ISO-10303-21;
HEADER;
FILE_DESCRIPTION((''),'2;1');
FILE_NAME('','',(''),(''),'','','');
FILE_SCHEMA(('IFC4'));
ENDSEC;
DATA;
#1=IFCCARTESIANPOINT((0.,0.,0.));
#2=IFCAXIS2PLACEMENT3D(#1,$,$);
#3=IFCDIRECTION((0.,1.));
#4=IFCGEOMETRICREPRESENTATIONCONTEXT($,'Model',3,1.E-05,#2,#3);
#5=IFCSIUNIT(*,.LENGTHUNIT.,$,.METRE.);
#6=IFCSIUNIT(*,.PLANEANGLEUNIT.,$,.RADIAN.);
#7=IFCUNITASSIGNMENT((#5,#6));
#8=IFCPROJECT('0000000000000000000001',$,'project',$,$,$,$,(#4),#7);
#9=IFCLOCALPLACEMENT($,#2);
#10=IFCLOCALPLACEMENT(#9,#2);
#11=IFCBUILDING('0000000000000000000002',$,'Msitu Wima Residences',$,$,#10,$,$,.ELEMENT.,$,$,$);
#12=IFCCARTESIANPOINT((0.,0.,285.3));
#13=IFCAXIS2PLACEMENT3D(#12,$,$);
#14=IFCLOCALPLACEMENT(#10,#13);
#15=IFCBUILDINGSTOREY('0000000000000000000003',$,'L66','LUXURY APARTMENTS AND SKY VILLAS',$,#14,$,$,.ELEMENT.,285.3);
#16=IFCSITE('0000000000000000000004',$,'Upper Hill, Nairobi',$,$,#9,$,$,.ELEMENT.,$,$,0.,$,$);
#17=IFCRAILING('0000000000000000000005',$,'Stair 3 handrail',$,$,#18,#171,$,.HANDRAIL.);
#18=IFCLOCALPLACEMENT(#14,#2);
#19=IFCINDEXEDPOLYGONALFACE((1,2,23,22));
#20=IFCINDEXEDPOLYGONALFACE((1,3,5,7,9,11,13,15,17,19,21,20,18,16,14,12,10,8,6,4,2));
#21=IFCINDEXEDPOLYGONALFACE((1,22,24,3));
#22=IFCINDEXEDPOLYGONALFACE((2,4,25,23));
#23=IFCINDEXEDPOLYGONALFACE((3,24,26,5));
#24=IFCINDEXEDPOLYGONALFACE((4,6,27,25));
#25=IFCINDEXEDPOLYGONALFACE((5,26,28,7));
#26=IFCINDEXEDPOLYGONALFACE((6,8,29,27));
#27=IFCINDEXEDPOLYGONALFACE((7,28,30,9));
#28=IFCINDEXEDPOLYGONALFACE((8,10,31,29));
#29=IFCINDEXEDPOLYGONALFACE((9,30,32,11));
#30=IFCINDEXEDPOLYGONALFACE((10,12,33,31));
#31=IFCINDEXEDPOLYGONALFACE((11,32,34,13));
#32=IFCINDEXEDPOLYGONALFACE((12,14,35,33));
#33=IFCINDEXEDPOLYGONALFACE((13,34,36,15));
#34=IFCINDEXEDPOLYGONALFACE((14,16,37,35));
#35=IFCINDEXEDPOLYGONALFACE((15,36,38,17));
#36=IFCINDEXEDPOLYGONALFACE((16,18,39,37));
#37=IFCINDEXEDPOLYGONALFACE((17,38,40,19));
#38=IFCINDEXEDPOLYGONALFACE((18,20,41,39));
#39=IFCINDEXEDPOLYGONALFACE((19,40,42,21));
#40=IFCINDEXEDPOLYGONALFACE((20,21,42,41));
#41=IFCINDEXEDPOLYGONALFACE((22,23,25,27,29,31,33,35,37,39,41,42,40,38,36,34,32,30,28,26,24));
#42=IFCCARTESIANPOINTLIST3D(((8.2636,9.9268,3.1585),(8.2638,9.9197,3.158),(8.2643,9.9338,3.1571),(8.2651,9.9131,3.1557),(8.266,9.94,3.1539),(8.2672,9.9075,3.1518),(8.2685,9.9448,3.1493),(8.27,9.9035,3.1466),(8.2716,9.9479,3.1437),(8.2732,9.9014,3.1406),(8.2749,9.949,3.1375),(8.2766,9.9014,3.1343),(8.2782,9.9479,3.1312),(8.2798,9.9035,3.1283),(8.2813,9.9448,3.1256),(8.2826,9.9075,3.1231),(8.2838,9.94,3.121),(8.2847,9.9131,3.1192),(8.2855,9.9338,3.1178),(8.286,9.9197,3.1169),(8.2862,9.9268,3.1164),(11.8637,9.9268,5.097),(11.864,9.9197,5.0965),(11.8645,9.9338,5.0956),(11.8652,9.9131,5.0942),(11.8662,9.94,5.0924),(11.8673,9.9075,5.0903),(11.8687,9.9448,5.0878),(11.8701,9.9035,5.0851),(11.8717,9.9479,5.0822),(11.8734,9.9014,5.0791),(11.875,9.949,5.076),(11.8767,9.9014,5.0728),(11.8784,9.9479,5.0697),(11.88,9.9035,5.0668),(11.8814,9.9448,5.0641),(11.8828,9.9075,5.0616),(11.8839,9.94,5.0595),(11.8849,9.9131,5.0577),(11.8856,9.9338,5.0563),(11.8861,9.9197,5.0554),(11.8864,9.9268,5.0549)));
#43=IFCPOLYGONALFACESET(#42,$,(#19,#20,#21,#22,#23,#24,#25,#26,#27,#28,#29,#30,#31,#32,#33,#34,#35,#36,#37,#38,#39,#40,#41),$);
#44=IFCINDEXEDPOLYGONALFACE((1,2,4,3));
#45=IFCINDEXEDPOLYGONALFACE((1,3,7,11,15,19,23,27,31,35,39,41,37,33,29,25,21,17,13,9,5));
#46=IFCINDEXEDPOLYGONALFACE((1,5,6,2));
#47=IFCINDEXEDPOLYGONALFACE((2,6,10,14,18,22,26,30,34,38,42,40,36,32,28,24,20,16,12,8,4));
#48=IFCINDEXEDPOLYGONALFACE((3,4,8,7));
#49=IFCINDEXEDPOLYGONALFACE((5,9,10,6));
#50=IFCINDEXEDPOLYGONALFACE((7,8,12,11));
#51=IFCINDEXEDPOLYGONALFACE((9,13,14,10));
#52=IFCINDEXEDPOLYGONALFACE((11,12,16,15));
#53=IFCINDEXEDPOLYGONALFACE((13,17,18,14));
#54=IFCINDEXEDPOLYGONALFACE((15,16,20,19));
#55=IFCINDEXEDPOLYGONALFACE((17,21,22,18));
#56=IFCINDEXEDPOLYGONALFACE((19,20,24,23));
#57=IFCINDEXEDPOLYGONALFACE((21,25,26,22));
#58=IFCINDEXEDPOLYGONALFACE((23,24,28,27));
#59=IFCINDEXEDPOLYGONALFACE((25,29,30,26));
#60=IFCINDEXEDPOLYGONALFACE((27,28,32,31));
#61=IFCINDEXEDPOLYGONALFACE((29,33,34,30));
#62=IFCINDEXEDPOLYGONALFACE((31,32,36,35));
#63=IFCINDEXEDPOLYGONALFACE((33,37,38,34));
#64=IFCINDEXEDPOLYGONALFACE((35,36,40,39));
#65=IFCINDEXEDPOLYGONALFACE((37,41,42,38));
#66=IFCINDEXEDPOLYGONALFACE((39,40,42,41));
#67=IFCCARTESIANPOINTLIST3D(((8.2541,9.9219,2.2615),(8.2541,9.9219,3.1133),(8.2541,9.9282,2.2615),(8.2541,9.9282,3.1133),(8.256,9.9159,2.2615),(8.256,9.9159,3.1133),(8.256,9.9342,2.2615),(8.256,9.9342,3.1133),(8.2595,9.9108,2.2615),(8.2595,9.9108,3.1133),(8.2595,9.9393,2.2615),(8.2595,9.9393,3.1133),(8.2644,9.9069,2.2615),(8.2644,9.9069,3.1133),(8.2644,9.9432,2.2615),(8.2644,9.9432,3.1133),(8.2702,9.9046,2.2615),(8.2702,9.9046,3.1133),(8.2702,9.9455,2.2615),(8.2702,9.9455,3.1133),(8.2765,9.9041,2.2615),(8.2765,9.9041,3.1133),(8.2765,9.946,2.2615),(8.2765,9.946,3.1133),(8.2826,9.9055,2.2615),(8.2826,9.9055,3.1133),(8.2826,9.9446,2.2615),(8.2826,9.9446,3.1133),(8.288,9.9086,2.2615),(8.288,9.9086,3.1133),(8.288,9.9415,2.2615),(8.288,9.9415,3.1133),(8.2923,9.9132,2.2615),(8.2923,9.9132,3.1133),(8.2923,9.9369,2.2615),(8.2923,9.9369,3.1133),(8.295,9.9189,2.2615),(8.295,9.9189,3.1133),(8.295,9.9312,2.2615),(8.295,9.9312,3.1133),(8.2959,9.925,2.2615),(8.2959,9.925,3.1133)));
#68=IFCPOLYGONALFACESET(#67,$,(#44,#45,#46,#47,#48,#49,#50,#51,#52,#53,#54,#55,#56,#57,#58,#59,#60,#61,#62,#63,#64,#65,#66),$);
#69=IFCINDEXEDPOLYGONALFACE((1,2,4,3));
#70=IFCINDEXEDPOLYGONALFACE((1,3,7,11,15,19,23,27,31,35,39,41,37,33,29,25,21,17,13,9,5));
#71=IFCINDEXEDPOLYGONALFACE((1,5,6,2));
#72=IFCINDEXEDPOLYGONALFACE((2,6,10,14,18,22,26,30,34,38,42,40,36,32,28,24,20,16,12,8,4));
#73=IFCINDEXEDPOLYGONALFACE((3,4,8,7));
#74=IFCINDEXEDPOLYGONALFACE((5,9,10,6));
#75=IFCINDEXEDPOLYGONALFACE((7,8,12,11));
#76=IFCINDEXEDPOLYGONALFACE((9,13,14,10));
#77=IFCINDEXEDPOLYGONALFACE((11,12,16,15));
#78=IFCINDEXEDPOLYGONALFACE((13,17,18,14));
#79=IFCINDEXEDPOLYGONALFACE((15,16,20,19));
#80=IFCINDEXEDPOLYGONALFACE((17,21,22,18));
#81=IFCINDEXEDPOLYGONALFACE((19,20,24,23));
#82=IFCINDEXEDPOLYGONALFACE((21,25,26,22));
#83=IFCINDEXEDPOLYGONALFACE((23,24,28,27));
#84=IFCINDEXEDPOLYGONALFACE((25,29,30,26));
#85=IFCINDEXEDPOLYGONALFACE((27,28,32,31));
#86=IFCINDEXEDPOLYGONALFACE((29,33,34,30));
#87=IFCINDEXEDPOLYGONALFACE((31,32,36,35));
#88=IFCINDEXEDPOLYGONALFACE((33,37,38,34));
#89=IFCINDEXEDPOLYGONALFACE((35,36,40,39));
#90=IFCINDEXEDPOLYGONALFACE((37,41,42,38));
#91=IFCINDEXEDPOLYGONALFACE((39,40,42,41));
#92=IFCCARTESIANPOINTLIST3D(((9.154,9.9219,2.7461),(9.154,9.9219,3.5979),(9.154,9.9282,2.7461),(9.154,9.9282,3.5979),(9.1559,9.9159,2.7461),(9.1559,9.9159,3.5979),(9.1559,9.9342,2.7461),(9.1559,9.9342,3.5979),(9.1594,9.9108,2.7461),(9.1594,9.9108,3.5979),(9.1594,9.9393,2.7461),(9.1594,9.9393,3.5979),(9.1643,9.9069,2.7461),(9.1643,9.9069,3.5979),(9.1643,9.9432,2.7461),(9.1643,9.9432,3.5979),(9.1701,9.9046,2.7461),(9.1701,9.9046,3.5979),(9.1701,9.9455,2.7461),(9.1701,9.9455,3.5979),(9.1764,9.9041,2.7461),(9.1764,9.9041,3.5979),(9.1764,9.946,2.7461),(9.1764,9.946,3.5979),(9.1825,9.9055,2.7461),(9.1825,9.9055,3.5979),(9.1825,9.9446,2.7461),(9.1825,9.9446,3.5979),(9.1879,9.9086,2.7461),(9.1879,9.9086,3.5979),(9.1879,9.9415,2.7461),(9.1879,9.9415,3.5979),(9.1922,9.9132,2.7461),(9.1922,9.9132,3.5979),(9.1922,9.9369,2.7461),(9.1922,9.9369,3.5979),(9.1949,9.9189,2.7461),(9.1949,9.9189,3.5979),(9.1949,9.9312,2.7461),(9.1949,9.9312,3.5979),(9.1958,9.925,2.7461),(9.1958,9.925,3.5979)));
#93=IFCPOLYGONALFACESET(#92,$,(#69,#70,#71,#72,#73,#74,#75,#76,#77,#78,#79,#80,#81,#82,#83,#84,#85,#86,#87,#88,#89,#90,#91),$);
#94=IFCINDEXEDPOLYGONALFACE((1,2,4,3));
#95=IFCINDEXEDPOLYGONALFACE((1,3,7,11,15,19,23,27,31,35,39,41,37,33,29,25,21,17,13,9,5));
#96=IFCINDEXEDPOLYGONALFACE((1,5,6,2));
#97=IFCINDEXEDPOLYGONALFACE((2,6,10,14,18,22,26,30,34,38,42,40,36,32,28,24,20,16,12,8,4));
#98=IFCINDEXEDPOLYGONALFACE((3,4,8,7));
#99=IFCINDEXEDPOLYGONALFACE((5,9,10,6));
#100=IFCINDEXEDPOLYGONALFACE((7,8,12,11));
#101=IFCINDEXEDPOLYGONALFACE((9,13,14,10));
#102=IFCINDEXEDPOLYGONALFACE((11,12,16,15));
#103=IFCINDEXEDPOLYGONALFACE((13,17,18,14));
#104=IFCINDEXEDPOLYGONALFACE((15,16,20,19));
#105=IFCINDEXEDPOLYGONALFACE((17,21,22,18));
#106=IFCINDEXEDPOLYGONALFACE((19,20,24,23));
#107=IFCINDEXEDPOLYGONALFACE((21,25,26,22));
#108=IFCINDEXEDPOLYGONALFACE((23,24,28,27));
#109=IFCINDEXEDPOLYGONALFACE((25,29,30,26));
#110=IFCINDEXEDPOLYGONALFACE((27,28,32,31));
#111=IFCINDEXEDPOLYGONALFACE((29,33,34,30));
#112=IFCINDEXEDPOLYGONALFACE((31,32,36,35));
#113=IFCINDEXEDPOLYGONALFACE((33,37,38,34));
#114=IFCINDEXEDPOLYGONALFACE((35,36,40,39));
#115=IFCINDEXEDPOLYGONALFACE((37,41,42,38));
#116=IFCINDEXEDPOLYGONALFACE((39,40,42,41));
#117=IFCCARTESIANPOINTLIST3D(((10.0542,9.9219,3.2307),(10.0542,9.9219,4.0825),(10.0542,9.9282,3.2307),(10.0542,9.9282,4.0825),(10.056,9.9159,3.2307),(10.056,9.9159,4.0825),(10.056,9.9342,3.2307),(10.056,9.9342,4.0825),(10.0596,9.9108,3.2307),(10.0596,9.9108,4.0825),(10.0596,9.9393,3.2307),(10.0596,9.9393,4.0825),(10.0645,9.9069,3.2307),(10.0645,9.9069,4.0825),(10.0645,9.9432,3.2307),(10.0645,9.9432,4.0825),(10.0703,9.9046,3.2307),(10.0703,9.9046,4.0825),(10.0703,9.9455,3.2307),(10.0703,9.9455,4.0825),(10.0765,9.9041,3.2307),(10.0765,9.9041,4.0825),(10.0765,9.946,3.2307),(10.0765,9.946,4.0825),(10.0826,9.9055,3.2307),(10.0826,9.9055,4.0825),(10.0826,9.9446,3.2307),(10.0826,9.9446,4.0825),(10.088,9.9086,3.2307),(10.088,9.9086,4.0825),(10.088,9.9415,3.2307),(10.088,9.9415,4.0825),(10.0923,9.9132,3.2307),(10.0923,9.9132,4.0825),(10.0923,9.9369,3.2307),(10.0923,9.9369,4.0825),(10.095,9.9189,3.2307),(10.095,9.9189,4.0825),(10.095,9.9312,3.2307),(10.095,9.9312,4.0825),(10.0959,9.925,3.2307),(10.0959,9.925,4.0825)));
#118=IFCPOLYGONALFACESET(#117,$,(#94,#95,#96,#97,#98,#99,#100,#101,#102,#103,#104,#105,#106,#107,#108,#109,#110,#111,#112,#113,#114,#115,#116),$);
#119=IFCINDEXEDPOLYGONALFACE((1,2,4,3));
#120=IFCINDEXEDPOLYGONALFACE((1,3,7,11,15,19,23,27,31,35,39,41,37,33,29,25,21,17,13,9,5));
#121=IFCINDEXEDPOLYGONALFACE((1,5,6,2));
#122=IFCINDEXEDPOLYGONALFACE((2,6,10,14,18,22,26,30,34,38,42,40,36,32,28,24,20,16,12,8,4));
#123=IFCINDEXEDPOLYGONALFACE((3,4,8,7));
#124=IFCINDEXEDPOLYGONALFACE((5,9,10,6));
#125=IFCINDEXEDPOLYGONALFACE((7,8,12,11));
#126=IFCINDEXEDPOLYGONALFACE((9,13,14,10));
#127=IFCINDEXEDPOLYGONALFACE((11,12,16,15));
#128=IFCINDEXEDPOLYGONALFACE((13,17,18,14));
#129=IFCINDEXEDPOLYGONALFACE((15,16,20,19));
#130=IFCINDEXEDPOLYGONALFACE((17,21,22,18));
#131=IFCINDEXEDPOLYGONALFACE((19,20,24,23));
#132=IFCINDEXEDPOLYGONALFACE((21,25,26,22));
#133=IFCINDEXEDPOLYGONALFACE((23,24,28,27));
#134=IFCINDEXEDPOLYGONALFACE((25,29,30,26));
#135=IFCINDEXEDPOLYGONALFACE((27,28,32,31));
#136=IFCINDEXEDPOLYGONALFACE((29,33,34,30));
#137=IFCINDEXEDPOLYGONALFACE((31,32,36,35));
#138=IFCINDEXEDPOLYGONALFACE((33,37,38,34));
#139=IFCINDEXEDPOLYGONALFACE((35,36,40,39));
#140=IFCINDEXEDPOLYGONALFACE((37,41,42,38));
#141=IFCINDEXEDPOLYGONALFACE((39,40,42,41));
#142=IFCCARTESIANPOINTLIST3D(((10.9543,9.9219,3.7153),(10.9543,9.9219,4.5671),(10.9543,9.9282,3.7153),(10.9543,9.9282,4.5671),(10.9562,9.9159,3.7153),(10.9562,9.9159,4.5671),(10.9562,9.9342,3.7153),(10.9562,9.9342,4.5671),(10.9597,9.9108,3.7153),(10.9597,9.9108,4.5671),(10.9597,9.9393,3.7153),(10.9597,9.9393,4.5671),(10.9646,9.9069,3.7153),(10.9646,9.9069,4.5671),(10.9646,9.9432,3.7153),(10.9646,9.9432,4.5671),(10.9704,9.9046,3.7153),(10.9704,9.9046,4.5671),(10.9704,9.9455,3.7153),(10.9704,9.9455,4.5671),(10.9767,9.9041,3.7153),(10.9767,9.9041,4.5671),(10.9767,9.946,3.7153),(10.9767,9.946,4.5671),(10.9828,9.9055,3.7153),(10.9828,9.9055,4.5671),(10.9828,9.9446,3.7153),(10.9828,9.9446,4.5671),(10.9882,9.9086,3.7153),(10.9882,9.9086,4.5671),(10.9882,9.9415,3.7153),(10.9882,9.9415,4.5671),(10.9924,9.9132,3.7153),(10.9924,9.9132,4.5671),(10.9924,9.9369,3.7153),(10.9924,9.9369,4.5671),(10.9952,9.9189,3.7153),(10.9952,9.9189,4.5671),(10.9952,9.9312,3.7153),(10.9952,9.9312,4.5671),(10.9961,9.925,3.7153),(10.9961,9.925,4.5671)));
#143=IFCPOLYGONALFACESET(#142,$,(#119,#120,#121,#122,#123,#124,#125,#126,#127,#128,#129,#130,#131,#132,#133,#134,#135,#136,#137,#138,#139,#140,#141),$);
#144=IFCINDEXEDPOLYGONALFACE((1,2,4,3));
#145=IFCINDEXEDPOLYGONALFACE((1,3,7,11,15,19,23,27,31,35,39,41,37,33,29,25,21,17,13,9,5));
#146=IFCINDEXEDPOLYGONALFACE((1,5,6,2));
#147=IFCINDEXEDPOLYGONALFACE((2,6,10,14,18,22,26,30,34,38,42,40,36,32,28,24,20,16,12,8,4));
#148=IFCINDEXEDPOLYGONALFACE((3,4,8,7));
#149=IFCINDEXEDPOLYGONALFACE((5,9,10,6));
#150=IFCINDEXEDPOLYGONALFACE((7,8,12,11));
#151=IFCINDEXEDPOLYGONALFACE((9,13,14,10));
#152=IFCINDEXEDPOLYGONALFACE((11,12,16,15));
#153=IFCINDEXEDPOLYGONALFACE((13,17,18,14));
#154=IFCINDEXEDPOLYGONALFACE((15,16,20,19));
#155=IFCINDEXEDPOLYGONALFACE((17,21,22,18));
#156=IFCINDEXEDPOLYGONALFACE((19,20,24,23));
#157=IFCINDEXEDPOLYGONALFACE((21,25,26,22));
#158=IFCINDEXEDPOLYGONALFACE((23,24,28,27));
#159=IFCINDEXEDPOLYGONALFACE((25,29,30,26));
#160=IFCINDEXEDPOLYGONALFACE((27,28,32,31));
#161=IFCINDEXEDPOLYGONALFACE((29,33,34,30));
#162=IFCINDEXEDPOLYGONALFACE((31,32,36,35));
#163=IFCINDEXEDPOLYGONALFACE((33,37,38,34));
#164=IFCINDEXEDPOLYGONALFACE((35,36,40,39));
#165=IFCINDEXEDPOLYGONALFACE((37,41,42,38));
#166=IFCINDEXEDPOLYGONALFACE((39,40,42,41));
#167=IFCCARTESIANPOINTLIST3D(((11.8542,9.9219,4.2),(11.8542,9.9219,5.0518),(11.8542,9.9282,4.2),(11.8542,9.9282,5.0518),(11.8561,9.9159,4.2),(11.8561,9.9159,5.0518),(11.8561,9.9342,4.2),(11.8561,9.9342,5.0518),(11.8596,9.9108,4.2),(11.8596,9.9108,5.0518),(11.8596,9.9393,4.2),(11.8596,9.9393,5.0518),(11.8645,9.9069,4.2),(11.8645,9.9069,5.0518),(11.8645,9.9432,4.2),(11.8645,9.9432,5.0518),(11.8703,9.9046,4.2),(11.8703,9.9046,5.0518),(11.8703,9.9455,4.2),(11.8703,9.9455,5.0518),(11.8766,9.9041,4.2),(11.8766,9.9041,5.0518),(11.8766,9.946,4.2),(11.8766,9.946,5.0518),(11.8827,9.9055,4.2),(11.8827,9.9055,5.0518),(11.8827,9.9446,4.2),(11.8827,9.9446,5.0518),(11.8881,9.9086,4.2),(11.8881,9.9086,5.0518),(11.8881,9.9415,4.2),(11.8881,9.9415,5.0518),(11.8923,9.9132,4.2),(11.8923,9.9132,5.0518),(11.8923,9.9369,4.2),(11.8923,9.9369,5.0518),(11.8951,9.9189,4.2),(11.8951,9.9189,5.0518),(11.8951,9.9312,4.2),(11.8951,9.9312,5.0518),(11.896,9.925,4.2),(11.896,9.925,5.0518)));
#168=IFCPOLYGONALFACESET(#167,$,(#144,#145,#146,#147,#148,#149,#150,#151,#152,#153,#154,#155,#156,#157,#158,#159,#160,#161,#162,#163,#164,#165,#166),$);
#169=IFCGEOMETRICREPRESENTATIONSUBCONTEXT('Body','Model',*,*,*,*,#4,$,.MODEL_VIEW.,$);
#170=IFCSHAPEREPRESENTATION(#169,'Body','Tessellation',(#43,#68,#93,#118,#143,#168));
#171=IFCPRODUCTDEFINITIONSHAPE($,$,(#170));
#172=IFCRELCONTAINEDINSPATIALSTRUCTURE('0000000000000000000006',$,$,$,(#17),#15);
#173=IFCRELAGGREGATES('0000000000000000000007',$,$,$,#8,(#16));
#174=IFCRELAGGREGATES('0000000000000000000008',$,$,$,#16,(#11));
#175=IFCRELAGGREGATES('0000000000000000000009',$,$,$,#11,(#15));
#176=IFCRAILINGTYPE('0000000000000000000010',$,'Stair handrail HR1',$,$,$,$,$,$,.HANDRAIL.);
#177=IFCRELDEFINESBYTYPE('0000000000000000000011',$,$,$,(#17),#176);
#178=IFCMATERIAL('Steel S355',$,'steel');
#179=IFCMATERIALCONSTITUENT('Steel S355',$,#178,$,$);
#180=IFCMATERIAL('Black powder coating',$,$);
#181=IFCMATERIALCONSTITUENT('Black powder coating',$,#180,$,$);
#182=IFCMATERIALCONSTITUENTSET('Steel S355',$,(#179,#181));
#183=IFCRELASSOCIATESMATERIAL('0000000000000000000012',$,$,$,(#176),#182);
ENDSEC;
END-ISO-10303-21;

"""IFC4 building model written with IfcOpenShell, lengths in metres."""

from ifc_helpers import new_model, si_unit, direction, frame, origin, origin_2d, place, context, subcontext, project, spatial, circle, extrude, material, constituent, constituent_set, type_object, element, save


model = new_model("IFC4")

# Units and contexts
model_context = context("Model", 3, precision=1e-05, world=origin(), true_north=direction((0.0, 1.0)))
body_context = subcontext(model_context, "Body", "Model", "MODEL_VIEW")
ifc_project = project(units=[si_unit("LENGTHUNIT", "METRE"), si_unit("PLANEANGLEUNIT", "RADIAN")], contexts=[model_context])

# Site, building, storey
site_placement = place(None, origin())
site = spatial("IfcSite", under=ifc_project, at=site_placement, Name="Upper Hill, Nairobi", CompositionType="ELEMENT", RefElevation=0.0)
building_placement = place(site_placement, origin())
building = spatial("IfcBuilding", under=site, at=building_placement, Name="Msitu Wima Residences", CompositionType="ELEMENT")
storey_placement = place(building_placement, frame((0.0, 0.0, 285.3)))
storey = spatial("IfcBuildingStorey", under=building, at=storey_placement, Name="L66", Description="LUXURY APARTMENTS AND SKY VILLAS", CompositionType="ELEMENT", Elevation=285.3)

# Railing
ifc_material_1 = material(Name="Steel S355", Category="steel")
ifc_constituent_1 = constituent(ifc_material_1, Name="Steel S355")
ifc_material_2 = material(Name="Black powder coating")
ifc_constituent_2 = constituent(ifc_material_2, Name="Black powder coating")
ifc_constituent_set = constituent_set(constituents=[ifc_constituent_1, ifc_constituent_2], Name="Steel S355")
railing_type = type_object("IfcRailingType", Name="Stair handrail HR1", PredefinedType="HANDRAIL", material=ifc_constituent_set)
for number, where, name in (
    (1, (8.2749, 9.925, 2.2615), "Stair 3 handrail"),
):
    element("IfcRailing", number, at=place(storey_placement, frame(where)), inside=storey, type_object=railing_type, Name=name, PredefinedType="HANDRAIL", context=body_context, shape_type="SweptSolid", body=[
        extrude(circle(Radius=0.0239, at=origin_2d()), frame((0.0, 0.0, 0.876), z_axis=(0.880475, 0.0, 0.474093), x_axis=(0.0, 1.0, 0.0)), (0.0, 0.0, 1.0), 4.0889),
        extrude(circle(Radius=0.021, at=origin_2d()), origin(), (0.0, 0.0, 1.0), 0.8518),
        extrude(circle(Radius=0.021, at=origin_2d()), frame((0.8999, 0.0, 0.4846)), (0.0, 0.0, 1.0), 0.8518),
        extrude(circle(Radius=0.021, at=origin_2d()), frame((1.8, 0.0, 0.9692)), (0.0, 0.0, 1.0), 0.8518),
        extrude(circle(Radius=0.021, at=origin_2d()), frame((2.7002, 0.0, 1.4539)), (0.0, 0.0, 1.0), 0.8518),
        extrude(circle(Radius=0.021, at=origin_2d()), frame((3.6001, 0.0, 1.9385)), (0.0, 0.0, 1.0), 0.8518),
    ])

save(model, "model.ifc")
